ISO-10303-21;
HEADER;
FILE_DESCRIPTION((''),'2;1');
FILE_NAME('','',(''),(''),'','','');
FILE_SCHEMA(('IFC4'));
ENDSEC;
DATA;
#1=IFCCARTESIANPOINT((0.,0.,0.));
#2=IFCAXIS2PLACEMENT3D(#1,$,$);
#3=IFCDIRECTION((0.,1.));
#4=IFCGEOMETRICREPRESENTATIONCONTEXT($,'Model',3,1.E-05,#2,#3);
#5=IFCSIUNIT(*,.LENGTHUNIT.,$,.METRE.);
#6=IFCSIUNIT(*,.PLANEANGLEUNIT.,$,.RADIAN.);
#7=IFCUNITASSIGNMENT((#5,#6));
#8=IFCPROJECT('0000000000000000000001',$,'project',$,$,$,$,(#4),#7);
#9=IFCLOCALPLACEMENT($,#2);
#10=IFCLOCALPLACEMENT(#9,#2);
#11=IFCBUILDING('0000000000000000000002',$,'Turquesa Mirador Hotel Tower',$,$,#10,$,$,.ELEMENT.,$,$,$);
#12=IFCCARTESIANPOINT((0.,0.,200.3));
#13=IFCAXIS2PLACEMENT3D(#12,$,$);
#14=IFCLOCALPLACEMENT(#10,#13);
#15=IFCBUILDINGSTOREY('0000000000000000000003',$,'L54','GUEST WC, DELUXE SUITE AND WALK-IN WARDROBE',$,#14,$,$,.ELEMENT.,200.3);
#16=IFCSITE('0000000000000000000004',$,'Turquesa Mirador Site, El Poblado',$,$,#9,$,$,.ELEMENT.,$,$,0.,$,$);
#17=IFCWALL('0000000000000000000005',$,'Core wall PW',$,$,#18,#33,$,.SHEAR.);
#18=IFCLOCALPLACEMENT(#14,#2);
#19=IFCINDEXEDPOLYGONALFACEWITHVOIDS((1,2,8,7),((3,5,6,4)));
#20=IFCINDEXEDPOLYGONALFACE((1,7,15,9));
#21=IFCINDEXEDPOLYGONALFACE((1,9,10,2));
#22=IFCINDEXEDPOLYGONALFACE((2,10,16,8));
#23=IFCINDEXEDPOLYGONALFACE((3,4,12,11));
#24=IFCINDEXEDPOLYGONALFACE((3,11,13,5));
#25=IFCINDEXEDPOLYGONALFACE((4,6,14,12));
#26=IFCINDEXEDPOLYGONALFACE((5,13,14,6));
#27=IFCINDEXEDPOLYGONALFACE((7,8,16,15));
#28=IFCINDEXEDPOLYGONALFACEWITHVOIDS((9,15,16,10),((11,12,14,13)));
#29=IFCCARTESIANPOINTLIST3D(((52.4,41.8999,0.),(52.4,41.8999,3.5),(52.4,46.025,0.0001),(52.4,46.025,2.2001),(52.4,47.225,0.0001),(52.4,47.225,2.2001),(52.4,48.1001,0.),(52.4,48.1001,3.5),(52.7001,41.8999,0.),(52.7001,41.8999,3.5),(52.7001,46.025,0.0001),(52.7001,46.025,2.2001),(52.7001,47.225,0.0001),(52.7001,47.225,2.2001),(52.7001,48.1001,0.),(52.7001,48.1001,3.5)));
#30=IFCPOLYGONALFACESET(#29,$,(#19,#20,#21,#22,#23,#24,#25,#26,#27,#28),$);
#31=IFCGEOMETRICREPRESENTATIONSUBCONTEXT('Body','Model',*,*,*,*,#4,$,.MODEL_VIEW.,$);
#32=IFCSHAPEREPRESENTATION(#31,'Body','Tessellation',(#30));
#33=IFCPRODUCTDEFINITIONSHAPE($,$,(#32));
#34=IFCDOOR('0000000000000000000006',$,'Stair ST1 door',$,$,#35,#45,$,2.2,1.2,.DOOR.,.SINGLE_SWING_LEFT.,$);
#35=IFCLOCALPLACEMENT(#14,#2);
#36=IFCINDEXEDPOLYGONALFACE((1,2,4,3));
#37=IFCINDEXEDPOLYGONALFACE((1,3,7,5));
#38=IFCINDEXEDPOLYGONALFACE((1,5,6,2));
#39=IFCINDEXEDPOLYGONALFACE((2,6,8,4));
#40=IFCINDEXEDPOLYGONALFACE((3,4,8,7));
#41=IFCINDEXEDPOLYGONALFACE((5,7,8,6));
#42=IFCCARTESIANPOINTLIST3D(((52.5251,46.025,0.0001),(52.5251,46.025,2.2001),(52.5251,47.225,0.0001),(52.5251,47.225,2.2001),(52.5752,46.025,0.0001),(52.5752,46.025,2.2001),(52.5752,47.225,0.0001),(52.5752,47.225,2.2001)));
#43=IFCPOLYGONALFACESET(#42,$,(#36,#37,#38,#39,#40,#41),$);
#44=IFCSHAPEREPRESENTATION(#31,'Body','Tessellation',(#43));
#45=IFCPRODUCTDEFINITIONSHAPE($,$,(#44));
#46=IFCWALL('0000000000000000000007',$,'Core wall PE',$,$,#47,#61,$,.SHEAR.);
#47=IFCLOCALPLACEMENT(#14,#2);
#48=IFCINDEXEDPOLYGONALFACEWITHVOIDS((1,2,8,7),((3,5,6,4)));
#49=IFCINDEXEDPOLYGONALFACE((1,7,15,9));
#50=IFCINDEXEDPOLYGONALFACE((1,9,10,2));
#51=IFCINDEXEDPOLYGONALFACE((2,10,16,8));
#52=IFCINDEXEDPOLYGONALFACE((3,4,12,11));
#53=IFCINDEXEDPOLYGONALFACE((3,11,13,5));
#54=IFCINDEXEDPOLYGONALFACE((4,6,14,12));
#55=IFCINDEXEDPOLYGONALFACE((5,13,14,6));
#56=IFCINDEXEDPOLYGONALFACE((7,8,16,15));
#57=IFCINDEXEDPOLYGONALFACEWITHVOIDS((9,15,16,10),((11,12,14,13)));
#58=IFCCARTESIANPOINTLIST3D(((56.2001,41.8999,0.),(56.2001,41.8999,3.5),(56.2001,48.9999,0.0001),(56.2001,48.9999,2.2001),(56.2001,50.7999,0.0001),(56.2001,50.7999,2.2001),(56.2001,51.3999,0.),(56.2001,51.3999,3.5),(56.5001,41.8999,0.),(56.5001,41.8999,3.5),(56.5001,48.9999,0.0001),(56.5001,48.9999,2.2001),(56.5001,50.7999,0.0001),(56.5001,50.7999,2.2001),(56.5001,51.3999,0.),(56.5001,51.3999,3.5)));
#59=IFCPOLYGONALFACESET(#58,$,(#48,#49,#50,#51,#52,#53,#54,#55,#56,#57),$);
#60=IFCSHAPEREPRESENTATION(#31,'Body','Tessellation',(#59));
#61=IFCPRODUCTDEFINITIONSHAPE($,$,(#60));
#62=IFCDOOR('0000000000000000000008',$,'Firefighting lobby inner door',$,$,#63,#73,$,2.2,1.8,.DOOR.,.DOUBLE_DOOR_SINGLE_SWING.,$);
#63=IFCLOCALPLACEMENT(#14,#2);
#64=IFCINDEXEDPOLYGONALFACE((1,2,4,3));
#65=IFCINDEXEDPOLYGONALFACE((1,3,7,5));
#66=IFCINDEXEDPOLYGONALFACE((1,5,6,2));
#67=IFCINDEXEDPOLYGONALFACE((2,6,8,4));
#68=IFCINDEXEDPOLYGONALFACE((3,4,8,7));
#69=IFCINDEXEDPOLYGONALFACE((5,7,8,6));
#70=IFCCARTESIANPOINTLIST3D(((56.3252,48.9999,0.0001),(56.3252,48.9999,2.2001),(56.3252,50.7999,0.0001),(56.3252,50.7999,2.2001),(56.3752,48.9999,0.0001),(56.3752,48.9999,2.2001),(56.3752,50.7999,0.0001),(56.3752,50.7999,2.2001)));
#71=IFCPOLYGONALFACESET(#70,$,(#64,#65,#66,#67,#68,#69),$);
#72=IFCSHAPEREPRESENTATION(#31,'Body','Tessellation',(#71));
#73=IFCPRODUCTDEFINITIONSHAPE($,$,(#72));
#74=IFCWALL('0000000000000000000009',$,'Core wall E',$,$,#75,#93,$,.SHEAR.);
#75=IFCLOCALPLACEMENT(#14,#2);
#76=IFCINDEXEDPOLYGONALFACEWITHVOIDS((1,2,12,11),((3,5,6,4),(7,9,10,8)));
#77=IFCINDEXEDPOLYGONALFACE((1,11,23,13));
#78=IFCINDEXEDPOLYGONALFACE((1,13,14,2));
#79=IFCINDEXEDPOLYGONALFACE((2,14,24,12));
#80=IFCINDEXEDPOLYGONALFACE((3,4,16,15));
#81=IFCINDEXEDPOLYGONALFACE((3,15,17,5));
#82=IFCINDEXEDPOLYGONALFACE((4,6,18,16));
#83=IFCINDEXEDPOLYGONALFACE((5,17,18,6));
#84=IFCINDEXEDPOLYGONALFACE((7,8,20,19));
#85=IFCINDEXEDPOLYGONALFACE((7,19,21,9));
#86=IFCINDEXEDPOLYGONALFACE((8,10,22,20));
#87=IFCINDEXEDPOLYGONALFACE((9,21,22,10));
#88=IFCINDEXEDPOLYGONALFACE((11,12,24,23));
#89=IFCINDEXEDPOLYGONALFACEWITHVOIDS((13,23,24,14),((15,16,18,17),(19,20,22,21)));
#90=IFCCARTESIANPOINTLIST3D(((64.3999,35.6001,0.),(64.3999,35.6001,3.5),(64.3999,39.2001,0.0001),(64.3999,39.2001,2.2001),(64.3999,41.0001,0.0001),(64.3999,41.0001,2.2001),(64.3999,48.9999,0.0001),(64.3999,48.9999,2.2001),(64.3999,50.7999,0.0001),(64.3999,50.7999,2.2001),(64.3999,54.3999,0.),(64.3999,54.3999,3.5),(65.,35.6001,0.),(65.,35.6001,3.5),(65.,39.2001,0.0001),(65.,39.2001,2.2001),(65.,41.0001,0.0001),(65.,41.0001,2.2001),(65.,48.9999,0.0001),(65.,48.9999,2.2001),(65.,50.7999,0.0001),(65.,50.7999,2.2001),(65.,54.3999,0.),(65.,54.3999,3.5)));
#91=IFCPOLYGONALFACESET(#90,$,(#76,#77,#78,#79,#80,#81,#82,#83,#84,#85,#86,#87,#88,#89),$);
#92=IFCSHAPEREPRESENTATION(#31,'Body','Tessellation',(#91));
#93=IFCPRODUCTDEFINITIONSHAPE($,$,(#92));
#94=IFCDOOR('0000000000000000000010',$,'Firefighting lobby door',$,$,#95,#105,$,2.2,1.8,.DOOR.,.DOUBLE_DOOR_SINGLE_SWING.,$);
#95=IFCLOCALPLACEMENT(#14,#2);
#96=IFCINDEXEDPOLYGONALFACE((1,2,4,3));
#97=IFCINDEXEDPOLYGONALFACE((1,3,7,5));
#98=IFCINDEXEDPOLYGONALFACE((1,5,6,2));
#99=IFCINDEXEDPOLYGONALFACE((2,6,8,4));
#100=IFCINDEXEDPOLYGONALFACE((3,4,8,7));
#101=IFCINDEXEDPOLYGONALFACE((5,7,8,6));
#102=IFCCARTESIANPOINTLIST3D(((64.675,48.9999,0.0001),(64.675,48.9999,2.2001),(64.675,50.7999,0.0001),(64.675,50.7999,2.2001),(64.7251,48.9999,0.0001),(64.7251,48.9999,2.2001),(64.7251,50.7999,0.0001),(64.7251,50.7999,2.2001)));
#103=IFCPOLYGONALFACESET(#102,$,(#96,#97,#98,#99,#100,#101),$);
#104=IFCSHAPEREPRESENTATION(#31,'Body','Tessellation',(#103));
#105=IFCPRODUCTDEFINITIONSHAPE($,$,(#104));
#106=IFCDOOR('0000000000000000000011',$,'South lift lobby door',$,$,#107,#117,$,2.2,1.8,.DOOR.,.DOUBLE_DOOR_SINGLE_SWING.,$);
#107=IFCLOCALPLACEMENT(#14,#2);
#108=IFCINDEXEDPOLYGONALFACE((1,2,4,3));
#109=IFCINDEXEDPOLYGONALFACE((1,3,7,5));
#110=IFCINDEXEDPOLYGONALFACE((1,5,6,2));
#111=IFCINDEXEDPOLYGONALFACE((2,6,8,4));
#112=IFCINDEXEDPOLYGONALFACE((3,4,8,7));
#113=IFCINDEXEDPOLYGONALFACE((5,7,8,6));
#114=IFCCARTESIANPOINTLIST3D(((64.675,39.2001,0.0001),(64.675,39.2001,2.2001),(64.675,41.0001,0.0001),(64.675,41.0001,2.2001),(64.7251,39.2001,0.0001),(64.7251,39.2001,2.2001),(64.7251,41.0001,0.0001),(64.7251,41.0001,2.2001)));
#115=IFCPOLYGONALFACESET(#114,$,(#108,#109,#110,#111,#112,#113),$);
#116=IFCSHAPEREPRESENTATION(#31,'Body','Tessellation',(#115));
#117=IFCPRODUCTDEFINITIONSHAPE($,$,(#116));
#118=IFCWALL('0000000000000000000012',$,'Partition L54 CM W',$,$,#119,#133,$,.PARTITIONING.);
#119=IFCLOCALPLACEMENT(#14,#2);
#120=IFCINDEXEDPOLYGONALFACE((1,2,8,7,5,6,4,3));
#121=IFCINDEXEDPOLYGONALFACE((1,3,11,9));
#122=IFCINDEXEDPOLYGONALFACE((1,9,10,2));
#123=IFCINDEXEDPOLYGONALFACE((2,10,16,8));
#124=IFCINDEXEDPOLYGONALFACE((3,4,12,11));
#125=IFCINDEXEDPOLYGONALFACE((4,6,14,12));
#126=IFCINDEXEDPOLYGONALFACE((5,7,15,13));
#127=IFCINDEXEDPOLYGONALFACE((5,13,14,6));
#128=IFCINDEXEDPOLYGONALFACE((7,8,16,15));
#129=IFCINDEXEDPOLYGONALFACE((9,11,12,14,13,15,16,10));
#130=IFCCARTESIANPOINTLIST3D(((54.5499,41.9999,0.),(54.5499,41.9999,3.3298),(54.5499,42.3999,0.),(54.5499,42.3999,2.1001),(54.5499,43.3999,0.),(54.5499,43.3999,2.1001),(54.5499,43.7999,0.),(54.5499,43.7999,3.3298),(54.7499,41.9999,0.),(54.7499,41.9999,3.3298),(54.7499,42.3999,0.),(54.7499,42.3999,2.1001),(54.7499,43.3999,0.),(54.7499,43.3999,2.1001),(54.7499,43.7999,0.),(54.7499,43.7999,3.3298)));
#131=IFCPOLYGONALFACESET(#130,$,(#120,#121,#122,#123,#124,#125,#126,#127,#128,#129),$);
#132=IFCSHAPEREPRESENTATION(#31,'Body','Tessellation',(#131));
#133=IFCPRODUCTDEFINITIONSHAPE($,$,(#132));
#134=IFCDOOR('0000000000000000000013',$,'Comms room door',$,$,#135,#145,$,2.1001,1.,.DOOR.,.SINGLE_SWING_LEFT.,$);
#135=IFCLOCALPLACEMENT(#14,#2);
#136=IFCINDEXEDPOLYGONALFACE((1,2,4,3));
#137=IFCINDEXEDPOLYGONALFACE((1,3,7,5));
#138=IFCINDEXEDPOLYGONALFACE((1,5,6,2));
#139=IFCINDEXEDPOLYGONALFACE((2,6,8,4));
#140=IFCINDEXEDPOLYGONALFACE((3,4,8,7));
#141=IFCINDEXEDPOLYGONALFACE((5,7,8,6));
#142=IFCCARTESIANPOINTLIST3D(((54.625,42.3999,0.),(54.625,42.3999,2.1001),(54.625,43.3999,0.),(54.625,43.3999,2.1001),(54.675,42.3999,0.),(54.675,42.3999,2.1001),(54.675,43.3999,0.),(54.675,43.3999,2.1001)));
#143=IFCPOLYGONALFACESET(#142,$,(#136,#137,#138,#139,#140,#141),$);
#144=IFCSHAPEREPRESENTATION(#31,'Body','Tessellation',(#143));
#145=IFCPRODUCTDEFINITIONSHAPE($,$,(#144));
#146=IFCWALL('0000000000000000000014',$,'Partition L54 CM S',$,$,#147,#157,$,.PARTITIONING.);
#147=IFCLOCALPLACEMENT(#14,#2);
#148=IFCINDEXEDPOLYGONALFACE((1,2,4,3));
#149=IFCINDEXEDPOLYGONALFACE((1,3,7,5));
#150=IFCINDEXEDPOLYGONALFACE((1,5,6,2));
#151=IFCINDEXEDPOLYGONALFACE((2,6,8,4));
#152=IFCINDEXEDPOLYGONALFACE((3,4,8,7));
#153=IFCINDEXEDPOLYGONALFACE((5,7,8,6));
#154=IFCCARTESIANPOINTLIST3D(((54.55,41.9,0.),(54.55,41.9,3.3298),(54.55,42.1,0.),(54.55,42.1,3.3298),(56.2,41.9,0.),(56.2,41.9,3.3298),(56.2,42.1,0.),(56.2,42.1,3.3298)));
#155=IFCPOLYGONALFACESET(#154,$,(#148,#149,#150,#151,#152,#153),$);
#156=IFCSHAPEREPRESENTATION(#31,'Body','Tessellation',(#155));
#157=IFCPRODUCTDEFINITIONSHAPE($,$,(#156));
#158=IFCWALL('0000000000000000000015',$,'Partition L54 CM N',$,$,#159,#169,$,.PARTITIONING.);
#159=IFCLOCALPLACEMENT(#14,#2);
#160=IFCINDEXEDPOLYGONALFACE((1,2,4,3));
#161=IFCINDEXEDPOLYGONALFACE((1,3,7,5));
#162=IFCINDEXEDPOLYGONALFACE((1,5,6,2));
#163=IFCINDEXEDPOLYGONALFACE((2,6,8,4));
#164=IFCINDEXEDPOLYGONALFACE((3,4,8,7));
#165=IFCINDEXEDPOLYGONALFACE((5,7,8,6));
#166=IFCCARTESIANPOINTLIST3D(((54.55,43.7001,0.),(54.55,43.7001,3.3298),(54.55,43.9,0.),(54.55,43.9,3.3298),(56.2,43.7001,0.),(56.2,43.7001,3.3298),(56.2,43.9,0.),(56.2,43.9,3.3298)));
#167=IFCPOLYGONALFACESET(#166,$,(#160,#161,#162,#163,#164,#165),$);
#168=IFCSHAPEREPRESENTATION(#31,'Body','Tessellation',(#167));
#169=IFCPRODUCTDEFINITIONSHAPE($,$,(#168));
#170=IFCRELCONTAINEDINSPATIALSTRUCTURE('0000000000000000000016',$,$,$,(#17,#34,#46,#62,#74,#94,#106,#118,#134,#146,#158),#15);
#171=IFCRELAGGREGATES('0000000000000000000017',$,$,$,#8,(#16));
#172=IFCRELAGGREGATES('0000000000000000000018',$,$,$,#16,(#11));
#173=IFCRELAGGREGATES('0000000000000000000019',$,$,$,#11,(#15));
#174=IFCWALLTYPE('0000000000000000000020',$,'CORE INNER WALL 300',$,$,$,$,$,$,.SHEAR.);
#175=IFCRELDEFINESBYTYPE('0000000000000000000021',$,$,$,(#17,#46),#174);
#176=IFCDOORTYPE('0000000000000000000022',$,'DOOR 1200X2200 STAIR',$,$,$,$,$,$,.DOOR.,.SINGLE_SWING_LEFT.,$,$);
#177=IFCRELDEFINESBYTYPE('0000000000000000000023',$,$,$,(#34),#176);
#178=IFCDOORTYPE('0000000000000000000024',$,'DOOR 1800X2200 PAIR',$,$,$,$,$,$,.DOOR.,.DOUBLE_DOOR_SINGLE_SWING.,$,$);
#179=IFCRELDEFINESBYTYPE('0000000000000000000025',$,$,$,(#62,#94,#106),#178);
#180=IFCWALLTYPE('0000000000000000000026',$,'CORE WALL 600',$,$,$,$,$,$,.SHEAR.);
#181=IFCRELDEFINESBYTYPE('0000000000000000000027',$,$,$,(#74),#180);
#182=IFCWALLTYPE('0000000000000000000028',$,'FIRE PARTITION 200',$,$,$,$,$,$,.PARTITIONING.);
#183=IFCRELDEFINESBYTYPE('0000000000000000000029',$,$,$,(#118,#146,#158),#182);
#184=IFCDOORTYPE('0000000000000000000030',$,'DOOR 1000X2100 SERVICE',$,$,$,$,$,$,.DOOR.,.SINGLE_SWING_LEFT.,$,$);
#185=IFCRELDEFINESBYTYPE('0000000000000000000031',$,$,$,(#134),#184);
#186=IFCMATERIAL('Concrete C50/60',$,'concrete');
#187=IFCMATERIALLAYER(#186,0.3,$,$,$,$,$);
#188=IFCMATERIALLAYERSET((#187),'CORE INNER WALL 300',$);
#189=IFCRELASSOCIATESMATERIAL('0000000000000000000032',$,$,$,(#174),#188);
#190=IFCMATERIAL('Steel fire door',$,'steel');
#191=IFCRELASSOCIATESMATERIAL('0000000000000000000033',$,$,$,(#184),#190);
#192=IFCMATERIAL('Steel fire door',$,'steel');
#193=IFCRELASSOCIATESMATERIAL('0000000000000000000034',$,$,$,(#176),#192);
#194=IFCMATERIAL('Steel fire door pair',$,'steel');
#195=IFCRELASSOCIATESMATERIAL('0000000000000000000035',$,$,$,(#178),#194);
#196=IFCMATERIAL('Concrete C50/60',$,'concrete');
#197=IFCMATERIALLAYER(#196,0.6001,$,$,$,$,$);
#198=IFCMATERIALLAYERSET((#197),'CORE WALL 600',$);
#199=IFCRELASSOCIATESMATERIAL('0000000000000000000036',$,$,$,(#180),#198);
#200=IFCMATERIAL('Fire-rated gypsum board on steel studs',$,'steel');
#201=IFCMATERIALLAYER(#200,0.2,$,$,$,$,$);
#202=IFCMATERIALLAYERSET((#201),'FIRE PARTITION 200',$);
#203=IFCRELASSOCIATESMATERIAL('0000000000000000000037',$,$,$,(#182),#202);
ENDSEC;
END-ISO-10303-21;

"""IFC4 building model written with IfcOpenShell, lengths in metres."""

from ifc_helpers import new_model, si_unit, direction, frame, frame_2d, origin, place, context, subcontext, project, spatial, rectangle, extrude, material, layer, layer_set, type_object, element, fill, save


model = new_model("IFC4")

# Units and contexts
model_context = context("Model", 3, precision=1e-05, world=origin(), true_north=direction((0.0, 1.0)))
body_context = subcontext(model_context, "Body", "Model", "MODEL_VIEW")
ifc_project = project(units=[si_unit("LENGTHUNIT", "METRE"), si_unit("PLANEANGLEUNIT", "RADIAN")], contexts=[model_context])

# Site, building, storey
site_placement = place(None, origin())
site = spatial("IfcSite", under=ifc_project, at=site_placement, Name="Turquesa Mirador Site, El Poblado", CompositionType="ELEMENT", RefElevation=0.0)
building_placement = place(site_placement, origin())
building = spatial("IfcBuilding", under=site, at=building_placement, Name="Turquesa Mirador Hotel Tower", CompositionType="ELEMENT")
storey_placement = place(building_placement, frame((0.0, 0.0, 200.3)))
storey = spatial("IfcBuildingStorey", under=building, at=storey_placement, Name="L54", Description="GUEST WC, DELUXE SUITE AND WALK-IN WARDROBE", CompositionType="ELEMENT", Elevation=200.3)

# Walls, openings, doors
ifc_material_1 = material(Name="Concrete C50/60", Category="concrete")
ifc_layer_1 = layer(ifc_material_1, 0.3)
ifc_layer_set_1 = layer_set([ifc_layer_1], Name="CORE INNER WALL 300")
wall_type_1 = type_object("IfcWallType", Name="CORE INNER WALL 300", PredefinedType="SHEAR", material=ifc_layer_set_1)
ifc_material_2 = material(Name="Steel fire door", Category="steel")
door_type_1 = type_object("IfcDoorType", Name="DOOR 1000X2100 SERVICE", OperationType="SINGLE_SWING_LEFT", PredefinedType="DOOR", material=ifc_material_2)
wall_1_placement = place(storey_placement, frame((52.55, 41.8999, 0.0), z_axis=(0.0, 0.0, 1.0), x_axis=(0.0, 1.0, 0.0)))
wall_1 = element("IfcWall", 1, at=wall_1_placement, inside=storey, type_object=wall_type_1, Name="Core wall PW", PredefinedType="SHEAR", context=body_context, shape_type="SweptSolid", body=[
    extrude(rectangle(XDim=6.2002, YDim=0.3, at=frame_2d((3.1001, 0.0))), origin(), (0.0, 0.0, 1.0), 3.5),
])
opening_1_placement = place(wall_1_placement, frame((4.125, 0.0, 0.0)))
opening_1 = element("IfcOpeningElement", 2, at=opening_1_placement, cuts=wall_1, PredefinedType="OPENING", context=body_context, shape_type="SweptSolid", body=[
    extrude(rectangle(XDim=1.2, YDim=2.2, at=frame_2d((0.6001, 1.1001))), frame((0.0, 0.1599, 0.0), z_axis=(0.0, -1.0, 0.0), x_axis=(1.0, 0.0, 0.0)), (0.0, 0.0, 1.0), 0.3201),
])
ifc_material_3 = material(Name="Steel fire door", Category="steel")
door_type_2 = type_object("IfcDoorType", Name="DOOR 1200X2200 STAIR", OperationType="SINGLE_SWING_LEFT", PredefinedType="DOOR", material=ifc_material_3)
door_1_placement = place(opening_1_placement, origin())
door_1 = element("IfcDoor", 3, at=door_1_placement, inside=storey, type_object=door_type_2, Name="Stair ST1 door", OperationType="SINGLE_SWING_LEFT", OverallHeight=2.2, OverallWidth=1.2, PredefinedType="DOOR", context=body_context, shape_type="SweptSolid", body=[
    extrude(rectangle(XDim=1.2, YDim=2.2, at=frame_2d((0.6001, 1.1001))), frame((0.0, 0.0249, 0.0), z_axis=(0.0, -1.0, 0.0), x_axis=(1.0, 0.0, 0.0)), (0.0, 0.0, 1.0), 0.05),
])
fill(opening_1, door_1)
wall_2_placement = place(storey_placement, frame((56.3501, 41.8999, 0.0), z_axis=(0.0, 0.0, 1.0), x_axis=(0.0, 1.0, 0.0)))
wall_2 = element("IfcWall", 4, at=wall_2_placement, inside=storey, type_object=wall_type_1, Name="Core wall PE", PredefinedType="SHEAR", context=body_context, shape_type="SweptSolid", body=[
    extrude(rectangle(XDim=9.5, YDim=0.3, at=frame_2d((4.75, 0.0))), origin(), (0.0, 0.0, 1.0), 3.5),
])
opening_2_placement = place(wall_2_placement, frame((7.1001, 0.0, 0.0)))
opening_2 = element("IfcOpeningElement", 5, at=opening_2_placement, cuts=wall_2, PredefinedType="OPENING", context=body_context, shape_type="SweptSolid", body=[
    extrude(rectangle(XDim=1.8, YDim=2.2, at=frame_2d((0.8999, 1.1001))), frame((0.0, 0.1599, 0.0), z_axis=(0.0, -1.0, 0.0), x_axis=(1.0, 0.0, 0.0)), (0.0, 0.0, 1.0), 0.3201),
])
ifc_material_4 = material(Name="Steel fire door pair", Category="steel")
door_type_3 = type_object("IfcDoorType", Name="DOOR 1800X2200 PAIR", OperationType="DOUBLE_DOOR_SINGLE_SWING", PredefinedType="DOOR", material=ifc_material_4)
door_2_placement = place(opening_2_placement, origin())
door_2 = element("IfcDoor", 6, at=door_2_placement, inside=storey, type_object=door_type_3, Name="Firefighting lobby inner door", OperationType="DOUBLE_DOOR_SINGLE_SWING", OverallHeight=2.2, OverallWidth=1.8, PredefinedType="DOOR", context=body_context, shape_type="SweptSolid", body=[
    extrude(rectangle(XDim=1.8, YDim=2.2, at=frame_2d((0.8999, 1.1001))), frame((0.0, 0.0249, 0.0), z_axis=(0.0, -1.0, 0.0), x_axis=(1.0, 0.0, 0.0)), (0.0, 0.0, 1.0), 0.05),
])
fill(opening_2, door_2)

# Wall, openings, doors
ifc_material_5 = material(Name="Concrete C50/60", Category="concrete")
ifc_layer_2 = layer(ifc_material_5, 0.6001)
ifc_layer_set_2 = layer_set([ifc_layer_2], Name="CORE WALL 600")
wall_type_2 = type_object("IfcWallType", Name="CORE WALL 600", PredefinedType="SHEAR", material=ifc_layer_set_2)
wall_3_placement = place(storey_placement, frame((64.7, 35.6001, 0.0), z_axis=(0.0, 0.0, 1.0), x_axis=(0.0, 1.0, 0.0)))
wall_3 = element("IfcWall", 7, at=wall_3_placement, inside=storey, type_object=wall_type_2, Name="Core wall E", PredefinedType="SHEAR", context=body_context, shape_type="SweptSolid", body=[
    extrude(rectangle(XDim=18.7998, YDim=0.6001, at=frame_2d((9.3999, 0.0))), origin(), (0.0, 0.0, 1.0), 3.5),
])
opening_3_placement = place(wall_3_placement, frame((13.3999, 0.0, 0.0)))
opening_3 = element("IfcOpeningElement", 8, at=opening_3_placement, cuts=wall_3, PredefinedType="OPENING", context=body_context, shape_type="SweptSolid", body=[
    extrude(rectangle(XDim=1.8, YDim=2.2, at=frame_2d((0.8999, 1.1001))), frame((0.0, 0.3101, 0.0), z_axis=(0.0, -1.0, 0.0), x_axis=(1.0, 0.0, 0.0)), (0.0, 0.0, 1.0), 0.6201),
])
opening_4_placement = place(wall_3_placement, frame((3.6001, 0.0, 0.0)))
opening_4 = element("IfcOpeningElement", 9, at=opening_4_placement, cuts=wall_3, PredefinedType="OPENING", context=body_context, shape_type="SweptSolid", body=[
    extrude(rectangle(XDim=1.8, YDim=2.2, at=frame_2d((0.8999, 1.1001))), frame((0.0, 0.3101, 0.0), z_axis=(0.0, -1.0, 0.0), x_axis=(1.0, 0.0, 0.0)), (0.0, 0.0, 1.0), 0.6201),
])
door_3_placement = place(opening_3_placement, origin())
door_3 = element("IfcDoor", 10, at=door_3_placement, inside=storey, type_object=door_type_3, Name="Firefighting lobby door", OperationType="DOUBLE_DOOR_SINGLE_SWING", OverallHeight=2.2, OverallWidth=1.8, PredefinedType="DOOR", context=body_context, shape_type="SweptSolid", body=[
    extrude(rectangle(XDim=1.8, YDim=2.2, at=frame_2d((0.8999, 1.1001))), frame((0.0, 0.0249, 0.0), z_axis=(0.0, -1.0, 0.0), x_axis=(1.0, 0.0, 0.0)), (0.0, 0.0, 1.0), 0.05),
])
fill(opening_3, door_3)
door_4_placement = place(opening_4_placement, origin())
door_4 = element("IfcDoor", 11, at=door_4_placement, inside=storey, type_object=door_type_3, Name="South lift lobby door", OperationType="DOUBLE_DOOR_SINGLE_SWING", OverallHeight=2.2, OverallWidth=1.8, PredefinedType="DOOR", context=body_context, shape_type="SweptSolid", body=[
    extrude(rectangle(XDim=1.8, YDim=2.2, at=frame_2d((0.8999, 1.1001))), frame((0.0, 0.0249, 0.0), z_axis=(0.0, -1.0, 0.0), x_axis=(1.0, 0.0, 0.0)), (0.0, 0.0, 1.0), 0.05),
])
fill(opening_4, door_4)

# Wall, opening, door
ifc_material_6 = material(Name="Fire-rated gypsum board on steel studs", Category="steel")
ifc_layer_3 = layer(ifc_material_6, 0.2)
ifc_layer_set_3 = layer_set([ifc_layer_3], Name="FIRE PARTITION 200")
wall_type_3 = type_object("IfcWallType", Name="FIRE PARTITION 200", PredefinedType="PARTITIONING", material=ifc_layer_set_3)
wall_4_placement = place(storey_placement, frame((54.6499, 42.0, 0.0), z_axis=(0.0, 0.0, 1.0), x_axis=(0.0, 1.0, 0.0)))
wall_4 = element("IfcWall", 12, at=wall_4_placement, inside=storey, type_object=wall_type_3, Name="Partition L54 CM W", PredefinedType="PARTITIONING", context=body_context, shape_type="SweptSolid", body=[
    extrude(rectangle(XDim=1.8, YDim=0.2, at=frame_2d((0.8999, 0.0))), origin(), (0.0, 0.0, 1.0), 3.3298),
])
opening_5_placement = place(wall_4_placement, frame((0.3999, 0.0, 0.0)))
opening_5 = element("IfcOpeningElement", 13, at=opening_5_placement, cuts=wall_4, PredefinedType="OPENING", context=body_context, shape_type="SweptSolid", body=[
    extrude(rectangle(XDim=1.0, YDim=2.1001, at=frame_2d((0.5, 1.05))), frame((0.0, 0.1099, 0.0), z_axis=(0.0, -1.0, 0.0), x_axis=(1.0, 0.0, 0.0)), (0.0, 0.0, 1.0), 0.22),
])
door_5_placement = place(opening_5_placement, origin())
door_5 = element("IfcDoor", 14, at=door_5_placement, inside=storey, type_object=door_type_1, Name="Comms room door", OperationType="SINGLE_SWING_LEFT", OverallHeight=2.1001, OverallWidth=1.0, PredefinedType="DOOR", context=body_context, shape_type="SweptSolid", body=[
    extrude(rectangle(XDim=1.0, YDim=2.1001, at=frame_2d((0.5, 1.05))), frame((0.0, 0.0249, 0.0), z_axis=(0.0, -1.0, 0.0), x_axis=(1.0, 0.0, 0.0)), (0.0, 0.0, 1.0), 0.05),
])
fill(opening_5, door_5)

# Walls
for number, where, z_axis, x_axis, name in (
    (15, (54.55, 42.0, 0.0), (0.0, 0.0, 1.0), (1.0, 0.0, 0.0), "Partition L54 CM S"),
    (16, (54.55, 43.8, 0.0), (0.0, 0.0, 1.0), (1.0, 0.0, 0.0), "Partition L54 CM N"),
):
    element("IfcWall", number, at=place(storey_placement, frame(where, z_axis=z_axis, x_axis=x_axis)), inside=storey, type_object=wall_type_3, Name=name, PredefinedType="PARTITIONING", context=body_context, shape_type="SweptSolid", body=[
        extrude(rectangle(XDim=1.6499, YDim=0.2, at=frame_2d((0.825, 0.0))), origin(), (0.0, 0.0, 1.0), 3.3298),
    ])

save(model, "model.ifc")
